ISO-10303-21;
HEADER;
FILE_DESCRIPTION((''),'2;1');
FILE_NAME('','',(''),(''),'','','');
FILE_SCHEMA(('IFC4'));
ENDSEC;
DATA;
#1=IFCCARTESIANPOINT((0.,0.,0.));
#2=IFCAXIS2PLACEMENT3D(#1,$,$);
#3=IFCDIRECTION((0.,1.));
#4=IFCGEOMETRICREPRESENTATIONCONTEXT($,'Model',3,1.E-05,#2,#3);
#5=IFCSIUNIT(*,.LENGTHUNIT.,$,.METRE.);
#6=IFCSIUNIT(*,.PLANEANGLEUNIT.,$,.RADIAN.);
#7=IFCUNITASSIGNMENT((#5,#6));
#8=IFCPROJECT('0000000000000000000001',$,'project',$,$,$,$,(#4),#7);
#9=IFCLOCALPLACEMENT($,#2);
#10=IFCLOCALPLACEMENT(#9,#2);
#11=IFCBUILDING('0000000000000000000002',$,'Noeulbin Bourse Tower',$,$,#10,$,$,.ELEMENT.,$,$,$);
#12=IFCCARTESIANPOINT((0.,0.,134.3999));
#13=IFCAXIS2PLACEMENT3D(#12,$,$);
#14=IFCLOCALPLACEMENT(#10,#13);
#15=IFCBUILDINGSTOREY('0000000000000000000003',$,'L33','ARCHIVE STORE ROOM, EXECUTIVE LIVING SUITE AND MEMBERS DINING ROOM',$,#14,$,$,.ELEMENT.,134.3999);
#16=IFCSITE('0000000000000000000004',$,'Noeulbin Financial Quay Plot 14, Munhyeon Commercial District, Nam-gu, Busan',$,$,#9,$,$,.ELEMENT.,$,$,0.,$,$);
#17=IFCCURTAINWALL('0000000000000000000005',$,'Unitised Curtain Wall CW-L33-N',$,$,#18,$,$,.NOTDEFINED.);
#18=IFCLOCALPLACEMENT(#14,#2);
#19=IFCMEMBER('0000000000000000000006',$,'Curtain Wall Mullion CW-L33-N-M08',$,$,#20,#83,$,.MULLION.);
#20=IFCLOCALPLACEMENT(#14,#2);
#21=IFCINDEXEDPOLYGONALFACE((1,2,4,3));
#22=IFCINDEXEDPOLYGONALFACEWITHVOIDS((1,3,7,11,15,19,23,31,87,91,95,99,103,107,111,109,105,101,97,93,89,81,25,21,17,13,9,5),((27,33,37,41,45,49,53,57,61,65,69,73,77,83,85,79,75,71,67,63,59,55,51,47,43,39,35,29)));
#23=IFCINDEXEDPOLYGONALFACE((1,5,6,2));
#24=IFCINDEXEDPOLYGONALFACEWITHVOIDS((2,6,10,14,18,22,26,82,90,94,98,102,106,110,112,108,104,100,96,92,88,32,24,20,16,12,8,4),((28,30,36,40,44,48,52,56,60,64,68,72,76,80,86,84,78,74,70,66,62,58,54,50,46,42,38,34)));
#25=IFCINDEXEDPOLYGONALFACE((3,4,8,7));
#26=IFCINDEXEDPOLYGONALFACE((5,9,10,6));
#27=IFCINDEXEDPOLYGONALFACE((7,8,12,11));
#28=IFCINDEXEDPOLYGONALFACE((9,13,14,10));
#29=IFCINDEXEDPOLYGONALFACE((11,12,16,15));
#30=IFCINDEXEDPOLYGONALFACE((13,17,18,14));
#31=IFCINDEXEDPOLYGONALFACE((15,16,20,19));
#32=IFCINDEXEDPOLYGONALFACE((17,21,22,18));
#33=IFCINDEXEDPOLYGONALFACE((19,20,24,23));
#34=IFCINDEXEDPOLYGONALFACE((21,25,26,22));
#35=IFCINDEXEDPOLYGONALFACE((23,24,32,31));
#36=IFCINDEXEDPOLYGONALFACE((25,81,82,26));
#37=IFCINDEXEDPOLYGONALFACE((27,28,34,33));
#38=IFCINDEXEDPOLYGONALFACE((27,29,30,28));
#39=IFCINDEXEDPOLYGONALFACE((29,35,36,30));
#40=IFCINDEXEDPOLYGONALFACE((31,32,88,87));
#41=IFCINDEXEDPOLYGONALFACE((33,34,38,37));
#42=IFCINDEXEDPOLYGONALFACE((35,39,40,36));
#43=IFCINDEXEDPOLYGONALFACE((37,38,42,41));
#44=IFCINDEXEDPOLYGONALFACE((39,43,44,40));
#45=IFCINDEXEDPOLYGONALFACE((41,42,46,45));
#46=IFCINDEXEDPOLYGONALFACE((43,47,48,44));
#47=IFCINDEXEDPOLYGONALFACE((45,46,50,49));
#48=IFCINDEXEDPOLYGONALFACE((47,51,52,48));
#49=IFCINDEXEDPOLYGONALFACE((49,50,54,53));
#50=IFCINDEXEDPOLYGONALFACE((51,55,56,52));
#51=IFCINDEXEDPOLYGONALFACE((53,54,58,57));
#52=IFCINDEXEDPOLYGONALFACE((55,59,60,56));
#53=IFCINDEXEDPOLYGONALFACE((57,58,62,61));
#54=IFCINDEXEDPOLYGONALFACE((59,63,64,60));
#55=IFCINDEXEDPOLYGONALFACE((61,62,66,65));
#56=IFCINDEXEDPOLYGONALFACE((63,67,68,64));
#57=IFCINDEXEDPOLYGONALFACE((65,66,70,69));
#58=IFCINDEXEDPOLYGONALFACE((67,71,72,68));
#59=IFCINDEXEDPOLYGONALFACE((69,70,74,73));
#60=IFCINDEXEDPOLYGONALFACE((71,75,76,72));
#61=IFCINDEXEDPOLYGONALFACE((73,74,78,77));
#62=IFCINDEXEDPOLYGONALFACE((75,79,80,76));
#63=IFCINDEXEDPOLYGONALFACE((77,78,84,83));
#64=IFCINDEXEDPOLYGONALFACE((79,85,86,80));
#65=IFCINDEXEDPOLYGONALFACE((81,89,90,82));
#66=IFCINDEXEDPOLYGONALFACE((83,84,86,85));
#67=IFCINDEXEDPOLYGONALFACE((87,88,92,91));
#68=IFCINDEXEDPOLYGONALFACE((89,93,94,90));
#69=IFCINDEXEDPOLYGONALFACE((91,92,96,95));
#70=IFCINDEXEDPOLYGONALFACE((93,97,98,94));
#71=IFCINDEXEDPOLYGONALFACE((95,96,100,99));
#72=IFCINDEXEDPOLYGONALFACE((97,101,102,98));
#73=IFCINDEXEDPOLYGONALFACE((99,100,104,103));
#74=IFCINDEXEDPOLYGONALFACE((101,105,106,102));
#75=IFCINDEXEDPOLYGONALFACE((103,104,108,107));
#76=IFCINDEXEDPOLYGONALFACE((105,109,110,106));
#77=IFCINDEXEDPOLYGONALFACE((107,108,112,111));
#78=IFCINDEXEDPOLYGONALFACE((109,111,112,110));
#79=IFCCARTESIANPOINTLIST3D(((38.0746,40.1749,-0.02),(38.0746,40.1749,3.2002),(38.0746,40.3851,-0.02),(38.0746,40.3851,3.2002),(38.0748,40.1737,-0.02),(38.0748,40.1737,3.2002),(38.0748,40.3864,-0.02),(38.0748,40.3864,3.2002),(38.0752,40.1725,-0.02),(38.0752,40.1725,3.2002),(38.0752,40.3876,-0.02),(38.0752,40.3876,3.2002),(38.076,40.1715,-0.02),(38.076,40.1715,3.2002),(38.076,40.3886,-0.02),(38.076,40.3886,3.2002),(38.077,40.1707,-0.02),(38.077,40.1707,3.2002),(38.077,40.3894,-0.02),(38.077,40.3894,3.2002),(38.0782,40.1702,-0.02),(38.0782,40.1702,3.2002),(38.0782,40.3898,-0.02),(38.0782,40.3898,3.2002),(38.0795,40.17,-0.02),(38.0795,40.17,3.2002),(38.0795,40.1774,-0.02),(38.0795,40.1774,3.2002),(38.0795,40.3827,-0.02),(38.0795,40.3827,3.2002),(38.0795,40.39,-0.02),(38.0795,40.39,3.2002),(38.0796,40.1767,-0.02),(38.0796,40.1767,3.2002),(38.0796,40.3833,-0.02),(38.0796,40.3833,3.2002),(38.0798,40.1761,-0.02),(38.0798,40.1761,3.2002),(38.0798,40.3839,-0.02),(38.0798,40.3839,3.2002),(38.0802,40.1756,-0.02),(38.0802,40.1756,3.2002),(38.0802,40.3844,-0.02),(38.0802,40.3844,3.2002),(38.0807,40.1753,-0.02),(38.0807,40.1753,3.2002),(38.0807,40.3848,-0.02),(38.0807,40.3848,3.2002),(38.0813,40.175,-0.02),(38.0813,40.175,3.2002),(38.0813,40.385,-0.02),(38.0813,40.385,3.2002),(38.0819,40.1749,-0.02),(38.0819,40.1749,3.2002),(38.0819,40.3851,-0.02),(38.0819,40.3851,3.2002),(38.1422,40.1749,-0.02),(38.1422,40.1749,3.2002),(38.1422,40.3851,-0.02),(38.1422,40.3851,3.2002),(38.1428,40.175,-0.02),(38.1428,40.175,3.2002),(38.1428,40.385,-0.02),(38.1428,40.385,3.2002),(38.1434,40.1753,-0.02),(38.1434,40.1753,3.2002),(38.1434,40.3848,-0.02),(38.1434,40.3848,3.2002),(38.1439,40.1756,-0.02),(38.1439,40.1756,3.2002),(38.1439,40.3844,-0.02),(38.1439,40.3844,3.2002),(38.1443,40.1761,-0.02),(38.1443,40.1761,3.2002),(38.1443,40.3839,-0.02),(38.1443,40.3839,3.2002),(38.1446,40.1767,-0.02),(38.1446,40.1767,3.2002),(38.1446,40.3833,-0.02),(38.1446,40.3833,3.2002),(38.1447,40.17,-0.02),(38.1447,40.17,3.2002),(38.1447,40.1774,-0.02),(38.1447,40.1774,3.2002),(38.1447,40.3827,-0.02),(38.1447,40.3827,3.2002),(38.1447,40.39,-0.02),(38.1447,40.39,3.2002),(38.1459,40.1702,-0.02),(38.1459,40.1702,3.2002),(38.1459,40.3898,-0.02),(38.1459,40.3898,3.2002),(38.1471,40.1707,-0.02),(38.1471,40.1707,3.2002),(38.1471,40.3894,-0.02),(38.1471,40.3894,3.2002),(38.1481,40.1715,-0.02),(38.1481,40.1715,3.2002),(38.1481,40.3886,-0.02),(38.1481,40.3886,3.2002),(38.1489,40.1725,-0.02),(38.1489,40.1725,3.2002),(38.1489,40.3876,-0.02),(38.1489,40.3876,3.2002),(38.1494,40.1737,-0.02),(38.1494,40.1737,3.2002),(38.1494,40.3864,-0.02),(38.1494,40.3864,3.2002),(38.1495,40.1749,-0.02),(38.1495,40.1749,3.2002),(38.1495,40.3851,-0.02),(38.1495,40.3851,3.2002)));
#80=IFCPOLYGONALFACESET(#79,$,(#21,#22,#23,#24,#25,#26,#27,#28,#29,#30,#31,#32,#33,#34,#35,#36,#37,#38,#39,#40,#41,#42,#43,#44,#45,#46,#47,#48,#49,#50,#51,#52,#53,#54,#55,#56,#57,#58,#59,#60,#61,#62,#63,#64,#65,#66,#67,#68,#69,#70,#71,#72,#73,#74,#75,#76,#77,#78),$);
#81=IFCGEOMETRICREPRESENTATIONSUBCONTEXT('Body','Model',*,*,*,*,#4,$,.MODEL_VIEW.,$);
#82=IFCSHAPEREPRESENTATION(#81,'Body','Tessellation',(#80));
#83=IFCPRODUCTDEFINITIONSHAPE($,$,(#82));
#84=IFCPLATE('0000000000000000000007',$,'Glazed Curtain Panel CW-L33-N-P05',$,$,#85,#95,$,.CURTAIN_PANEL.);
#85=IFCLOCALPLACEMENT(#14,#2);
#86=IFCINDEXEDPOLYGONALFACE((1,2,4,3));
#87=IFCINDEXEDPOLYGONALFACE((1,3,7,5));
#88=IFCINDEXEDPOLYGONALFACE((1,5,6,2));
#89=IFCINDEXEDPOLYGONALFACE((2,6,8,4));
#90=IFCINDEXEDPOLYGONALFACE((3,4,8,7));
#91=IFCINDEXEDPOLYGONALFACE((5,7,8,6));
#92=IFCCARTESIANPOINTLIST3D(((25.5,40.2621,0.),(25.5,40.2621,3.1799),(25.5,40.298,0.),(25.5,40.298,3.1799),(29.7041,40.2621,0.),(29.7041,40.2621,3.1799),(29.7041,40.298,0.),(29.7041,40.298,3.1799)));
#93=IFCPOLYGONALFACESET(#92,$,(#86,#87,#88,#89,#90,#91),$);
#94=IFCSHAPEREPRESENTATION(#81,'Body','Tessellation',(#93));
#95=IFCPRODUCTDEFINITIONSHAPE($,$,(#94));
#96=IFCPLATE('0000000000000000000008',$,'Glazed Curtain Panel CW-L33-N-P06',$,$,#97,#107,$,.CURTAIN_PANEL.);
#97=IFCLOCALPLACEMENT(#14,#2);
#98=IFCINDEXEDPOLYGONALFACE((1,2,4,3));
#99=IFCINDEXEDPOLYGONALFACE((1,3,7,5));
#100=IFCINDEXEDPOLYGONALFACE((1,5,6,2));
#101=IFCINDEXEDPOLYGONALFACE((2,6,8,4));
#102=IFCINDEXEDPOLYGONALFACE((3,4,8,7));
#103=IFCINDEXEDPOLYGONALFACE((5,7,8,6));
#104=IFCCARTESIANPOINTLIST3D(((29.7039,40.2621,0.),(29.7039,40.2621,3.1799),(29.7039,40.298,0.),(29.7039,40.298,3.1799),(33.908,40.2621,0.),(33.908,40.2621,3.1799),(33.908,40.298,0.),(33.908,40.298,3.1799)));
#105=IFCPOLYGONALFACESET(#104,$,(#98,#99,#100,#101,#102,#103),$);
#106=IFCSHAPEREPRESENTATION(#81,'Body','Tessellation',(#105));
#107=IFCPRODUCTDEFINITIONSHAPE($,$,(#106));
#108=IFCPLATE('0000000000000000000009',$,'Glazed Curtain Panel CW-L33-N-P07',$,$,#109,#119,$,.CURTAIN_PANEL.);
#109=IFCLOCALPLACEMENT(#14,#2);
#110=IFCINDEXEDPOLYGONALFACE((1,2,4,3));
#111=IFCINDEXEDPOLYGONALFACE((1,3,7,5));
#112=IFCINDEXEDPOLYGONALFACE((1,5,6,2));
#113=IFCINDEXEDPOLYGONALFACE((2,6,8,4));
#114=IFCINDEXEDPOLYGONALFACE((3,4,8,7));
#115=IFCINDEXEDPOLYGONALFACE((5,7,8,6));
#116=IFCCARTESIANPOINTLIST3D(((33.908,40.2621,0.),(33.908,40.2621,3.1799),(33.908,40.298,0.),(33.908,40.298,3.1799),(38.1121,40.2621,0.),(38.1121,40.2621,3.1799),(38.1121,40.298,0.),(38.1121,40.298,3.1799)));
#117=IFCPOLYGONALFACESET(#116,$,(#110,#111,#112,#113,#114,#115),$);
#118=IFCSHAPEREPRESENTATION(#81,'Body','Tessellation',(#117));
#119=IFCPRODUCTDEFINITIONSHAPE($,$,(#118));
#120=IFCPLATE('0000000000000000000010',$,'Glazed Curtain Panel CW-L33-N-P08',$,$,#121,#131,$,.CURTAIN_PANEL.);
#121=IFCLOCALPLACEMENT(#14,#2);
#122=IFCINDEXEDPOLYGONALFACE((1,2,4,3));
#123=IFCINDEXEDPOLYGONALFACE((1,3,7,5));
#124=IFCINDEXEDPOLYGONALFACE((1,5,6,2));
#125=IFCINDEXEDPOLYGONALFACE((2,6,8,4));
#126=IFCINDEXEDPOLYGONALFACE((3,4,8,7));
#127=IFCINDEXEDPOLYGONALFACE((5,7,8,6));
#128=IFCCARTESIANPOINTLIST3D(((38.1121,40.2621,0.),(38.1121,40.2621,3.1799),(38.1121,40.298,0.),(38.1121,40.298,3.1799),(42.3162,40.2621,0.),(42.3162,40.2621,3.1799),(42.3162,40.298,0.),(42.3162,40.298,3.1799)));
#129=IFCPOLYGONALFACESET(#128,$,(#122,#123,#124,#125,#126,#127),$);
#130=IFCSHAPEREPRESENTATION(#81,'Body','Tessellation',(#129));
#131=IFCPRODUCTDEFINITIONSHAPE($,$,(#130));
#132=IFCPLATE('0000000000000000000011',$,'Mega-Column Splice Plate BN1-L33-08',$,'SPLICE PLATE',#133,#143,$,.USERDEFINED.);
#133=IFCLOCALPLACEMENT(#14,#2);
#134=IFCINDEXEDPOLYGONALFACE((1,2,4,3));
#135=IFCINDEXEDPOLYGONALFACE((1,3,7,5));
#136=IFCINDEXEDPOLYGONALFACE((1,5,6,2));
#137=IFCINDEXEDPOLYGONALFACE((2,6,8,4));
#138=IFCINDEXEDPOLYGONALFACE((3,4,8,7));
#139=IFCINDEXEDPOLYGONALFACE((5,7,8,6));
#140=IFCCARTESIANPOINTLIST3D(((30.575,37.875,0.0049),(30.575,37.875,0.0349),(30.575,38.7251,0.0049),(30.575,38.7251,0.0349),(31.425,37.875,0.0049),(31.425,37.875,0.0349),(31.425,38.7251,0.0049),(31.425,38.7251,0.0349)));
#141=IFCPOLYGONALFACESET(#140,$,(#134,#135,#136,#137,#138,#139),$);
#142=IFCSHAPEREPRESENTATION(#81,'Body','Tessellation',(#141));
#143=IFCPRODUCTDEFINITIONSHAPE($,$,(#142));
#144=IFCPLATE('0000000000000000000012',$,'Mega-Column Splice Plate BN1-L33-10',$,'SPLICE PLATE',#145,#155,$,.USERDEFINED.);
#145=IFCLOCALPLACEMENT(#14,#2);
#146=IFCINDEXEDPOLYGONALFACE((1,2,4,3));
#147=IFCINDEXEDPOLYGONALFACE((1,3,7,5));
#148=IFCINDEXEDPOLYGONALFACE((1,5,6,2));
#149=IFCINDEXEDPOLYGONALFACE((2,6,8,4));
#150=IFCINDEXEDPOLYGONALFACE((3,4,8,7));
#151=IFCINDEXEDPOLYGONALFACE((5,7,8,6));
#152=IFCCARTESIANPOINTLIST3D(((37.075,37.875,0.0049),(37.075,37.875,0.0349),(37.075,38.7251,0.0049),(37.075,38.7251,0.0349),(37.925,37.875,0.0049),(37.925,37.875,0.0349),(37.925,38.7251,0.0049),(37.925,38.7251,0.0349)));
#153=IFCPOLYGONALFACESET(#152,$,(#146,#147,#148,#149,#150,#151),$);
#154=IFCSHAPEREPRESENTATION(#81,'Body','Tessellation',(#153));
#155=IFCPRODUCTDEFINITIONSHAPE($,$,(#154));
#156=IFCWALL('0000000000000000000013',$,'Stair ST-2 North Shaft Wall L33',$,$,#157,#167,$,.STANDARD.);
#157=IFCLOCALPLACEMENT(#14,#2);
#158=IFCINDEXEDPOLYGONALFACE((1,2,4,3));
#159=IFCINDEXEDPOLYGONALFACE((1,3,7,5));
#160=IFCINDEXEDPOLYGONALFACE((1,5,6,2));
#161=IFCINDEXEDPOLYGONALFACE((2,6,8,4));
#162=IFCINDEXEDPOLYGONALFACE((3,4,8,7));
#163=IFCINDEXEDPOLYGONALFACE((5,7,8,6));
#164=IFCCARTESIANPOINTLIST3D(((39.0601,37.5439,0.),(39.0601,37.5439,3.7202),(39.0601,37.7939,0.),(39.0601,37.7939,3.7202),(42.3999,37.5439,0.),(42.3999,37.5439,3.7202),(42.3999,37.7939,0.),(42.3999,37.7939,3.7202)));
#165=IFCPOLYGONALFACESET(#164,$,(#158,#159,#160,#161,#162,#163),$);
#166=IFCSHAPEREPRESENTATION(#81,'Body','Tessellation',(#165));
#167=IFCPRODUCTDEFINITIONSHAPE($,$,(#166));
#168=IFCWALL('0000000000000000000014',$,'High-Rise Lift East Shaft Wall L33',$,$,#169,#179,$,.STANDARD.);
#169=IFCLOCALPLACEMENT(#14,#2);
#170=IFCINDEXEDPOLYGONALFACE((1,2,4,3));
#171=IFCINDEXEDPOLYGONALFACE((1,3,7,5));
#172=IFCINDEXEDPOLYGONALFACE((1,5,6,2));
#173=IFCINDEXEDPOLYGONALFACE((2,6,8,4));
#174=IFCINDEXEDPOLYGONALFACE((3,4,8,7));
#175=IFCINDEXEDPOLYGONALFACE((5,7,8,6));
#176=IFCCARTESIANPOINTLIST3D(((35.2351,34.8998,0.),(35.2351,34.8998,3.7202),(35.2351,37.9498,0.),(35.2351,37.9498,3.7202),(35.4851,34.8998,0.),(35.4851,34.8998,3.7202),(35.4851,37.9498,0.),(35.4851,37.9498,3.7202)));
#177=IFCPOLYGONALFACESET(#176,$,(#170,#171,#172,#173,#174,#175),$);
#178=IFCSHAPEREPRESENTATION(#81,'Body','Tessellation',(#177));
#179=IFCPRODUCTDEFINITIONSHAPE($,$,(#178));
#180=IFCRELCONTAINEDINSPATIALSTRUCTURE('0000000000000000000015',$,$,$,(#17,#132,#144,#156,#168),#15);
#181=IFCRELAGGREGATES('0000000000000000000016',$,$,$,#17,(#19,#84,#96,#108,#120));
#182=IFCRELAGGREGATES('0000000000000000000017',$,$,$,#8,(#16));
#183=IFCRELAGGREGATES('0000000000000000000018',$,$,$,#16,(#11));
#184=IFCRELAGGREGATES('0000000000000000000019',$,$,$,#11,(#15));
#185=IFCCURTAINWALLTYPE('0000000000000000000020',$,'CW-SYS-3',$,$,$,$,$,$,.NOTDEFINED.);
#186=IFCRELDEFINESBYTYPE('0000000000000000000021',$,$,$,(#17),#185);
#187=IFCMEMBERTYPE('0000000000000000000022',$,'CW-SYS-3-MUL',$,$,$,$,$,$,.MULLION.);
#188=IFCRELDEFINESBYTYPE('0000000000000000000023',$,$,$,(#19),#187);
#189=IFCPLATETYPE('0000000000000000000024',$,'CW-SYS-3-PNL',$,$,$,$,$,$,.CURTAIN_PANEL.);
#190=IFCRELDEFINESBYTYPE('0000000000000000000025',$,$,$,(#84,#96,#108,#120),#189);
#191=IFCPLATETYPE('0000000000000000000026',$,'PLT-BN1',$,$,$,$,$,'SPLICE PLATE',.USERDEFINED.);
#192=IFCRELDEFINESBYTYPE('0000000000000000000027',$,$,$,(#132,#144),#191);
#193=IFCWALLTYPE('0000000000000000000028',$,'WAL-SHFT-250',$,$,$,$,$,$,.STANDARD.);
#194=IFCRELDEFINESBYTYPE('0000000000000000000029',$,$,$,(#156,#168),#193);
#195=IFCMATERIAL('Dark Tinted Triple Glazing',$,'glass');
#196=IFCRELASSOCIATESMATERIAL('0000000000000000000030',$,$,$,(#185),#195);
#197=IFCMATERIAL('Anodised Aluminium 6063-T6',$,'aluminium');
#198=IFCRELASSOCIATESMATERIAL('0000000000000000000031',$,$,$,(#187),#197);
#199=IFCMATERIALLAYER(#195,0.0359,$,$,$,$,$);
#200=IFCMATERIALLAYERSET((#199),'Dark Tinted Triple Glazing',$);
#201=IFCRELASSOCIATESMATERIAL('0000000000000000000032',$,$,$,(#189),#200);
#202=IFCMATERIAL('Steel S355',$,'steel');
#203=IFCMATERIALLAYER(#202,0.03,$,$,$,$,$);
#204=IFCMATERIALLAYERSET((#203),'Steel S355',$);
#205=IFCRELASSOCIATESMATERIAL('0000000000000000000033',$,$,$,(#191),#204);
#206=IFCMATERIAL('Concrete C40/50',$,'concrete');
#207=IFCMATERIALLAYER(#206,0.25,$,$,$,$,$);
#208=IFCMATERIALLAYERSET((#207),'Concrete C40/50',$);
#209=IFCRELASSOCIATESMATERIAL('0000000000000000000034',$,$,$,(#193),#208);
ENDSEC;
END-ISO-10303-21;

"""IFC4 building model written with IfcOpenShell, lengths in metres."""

from ifc_helpers import new_model, si_unit, direction, frame, frame_2d, origin, origin_2d, place, context, subcontext, project, spatial, rectangle, hollow_rectangle, extrude, material, layer, layer_set, material_profile, profile_set, type_object, element, aggregate, save


model = new_model("IFC4")

# Units and contexts
model_context = context("Model", 3, precision=1e-05, world=origin(), true_north=direction((0.0, 1.0)))
body_context = subcontext(model_context, "Body", "Model", "MODEL_VIEW")
ifc_project = project(units=[si_unit("LENGTHUNIT", "METRE"), si_unit("PLANEANGLEUNIT", "RADIAN")], contexts=[model_context])

# Site, building, storey
site_placement = place(None, origin())
site = spatial("IfcSite", under=ifc_project, at=site_placement, Name="Noeulbin Financial Quay Plot 14, Munhyeon Commercial District, Nam-gu, Busan", CompositionType="ELEMENT", RefElevation=0.0)
building_placement = place(site_placement, origin())
building = spatial("IfcBuilding", under=site, at=building_placement, Name="Noeulbin Bourse Tower", CompositionType="ELEMENT")
storey_placement = place(building_placement, frame((0.0, 0.0, 134.3999)))
storey = spatial("IfcBuildingStorey", under=building, at=storey_placement, Name="L33", Description="ARCHIVE STORE ROOM, EXECUTIVE LIVING SUITE AND MEMBERS DINING ROOM", CompositionType="ELEMENT", Elevation=134.3999)

# Shared definitions
ifc_material_1 = material(Name="Steel S355", Category="steel")

# Curtain wall, member, plates
ifc_material_2 = material(Name="Dark Tinted Triple Glazing", Category="glass")
curtain_wall_type = type_object("IfcCurtainWallType", Name="CW-SYS-3", PredefinedType="NOTDEFINED", material=ifc_material_2)
curtain_wall_placement = place(storey_placement, origin())
curtain_wall = element("IfcCurtainWall", 1, at=curtain_wall_placement, inside=storey, type_object=curtain_wall_type, Name="Unitised Curtain Wall CW-L33-N", PredefinedType="NOTDEFINED")
ifc_material_3 = material(Name="Anodised Aluminium 6063-T6", Category="aluminium")
ifc_material_profile_1 = material_profile(ifc_material_3, hollow_rectangle(XDim=0.075, YDim=0.22, WallThickness=0.0049, InnerFilletRadius=0.0024, OuterFilletRadius=0.0049, at=origin_2d()), Name="ALU-MULL-75x220x5", Category="LoadBearing")
ifc_profile_set_1 = profile_set([ifc_material_profile_1], Name="Anodised Aluminium 6063-T6")
member_type = type_object("IfcMemberType", Name="CW-SYS-3-MUL", PredefinedType="MULLION", material=ifc_profile_set_1)
member_1_placement = place(storey_placement, frame((38.1121, 40.28, -0.02), z_axis=(0.0, 0.0, 1.0), x_axis=(1.0, 0.0, 0.0)))
member_1 = element("IfcMember", 2, at=member_1_placement, type_object=member_type, Name="Curtain Wall Mullion CW-L33-N-M08", PredefinedType="MULLION", context=body_context, shape_type="SweptSolid", body=[
    extrude(hollow_rectangle(XDim=0.075, YDim=0.22, WallThickness=0.0049, InnerFilletRadius=0.0024, OuterFilletRadius=0.0049, at=origin_2d()), origin(), (0.0, 0.0, 1.0), 3.2202),
])
ifc_layer_1 = layer(ifc_material_2, 0.0359)
ifc_layer_set_1 = layer_set([ifc_layer_1], Name="Dark Tinted Triple Glazing")
plate_type_1 = type_object("IfcPlateType", Name="CW-SYS-3-PNL", PredefinedType="CURTAIN_PANEL", material=ifc_layer_set_1)
plate_1_placement = place(storey_placement, frame((27.6021, 40.28, 0.0), z_axis=(0.0, 0.0, 1.0), x_axis=(1.0, 0.0, 0.0)))
plate_1 = element("IfcPlate", 3, at=plate_1_placement, type_object=plate_type_1, Name="Glazed Curtain Panel CW-L33-N-P05", PredefinedType="CURTAIN_PANEL", context=body_context, shape_type="SweptSolid", body=[
    extrude(rectangle(XDim=4.2041, YDim=0.0359, at=origin_2d()), origin(), (0.0, 0.0, 1.0), 3.1799),
])
plate_2_placement = place(storey_placement, frame((31.8059, 40.28, 0.0), z_axis=(0.0, 0.0, 1.0), x_axis=(1.0, 0.0, 0.0)))
plate_2 = element("IfcPlate", 4, at=plate_2_placement, type_object=plate_type_1, Name="Glazed Curtain Panel CW-L33-N-P06", PredefinedType="CURTAIN_PANEL", context=body_context, shape_type="SweptSolid", body=[
    extrude(rectangle(XDim=4.2041, YDim=0.0359, at=origin_2d()), origin(), (0.0, 0.0, 1.0), 3.1799),
])
plate_3_placement = place(storey_placement, frame((36.01, 40.28, 0.0), z_axis=(0.0, 0.0, 1.0), x_axis=(1.0, 0.0, 0.0)))
plate_3 = element("IfcPlate", 5, at=plate_3_placement, type_object=plate_type_1, Name="Glazed Curtain Panel CW-L33-N-P07", PredefinedType="CURTAIN_PANEL", context=body_context, shape_type="SweptSolid", body=[
    extrude(rectangle(XDim=4.2041, YDim=0.0359, at=origin_2d()), origin(), (0.0, 0.0, 1.0), 3.1799),
])
plate_4_placement = place(storey_placement, frame((40.2141, 40.28, 0.0), z_axis=(0.0, 0.0, 1.0), x_axis=(1.0, 0.0, 0.0)))
plate_4 = element("IfcPlate", 6, at=plate_4_placement, type_object=plate_type_1, Name="Glazed Curtain Panel CW-L33-N-P08", PredefinedType="CURTAIN_PANEL", context=body_context, shape_type="SweptSolid", body=[
    extrude(rectangle(XDim=4.2041, YDim=0.0359, at=origin_2d()), origin(), (0.0, 0.0, 1.0), 3.1799),
])
aggregate(curtain_wall, [member_1, plate_1, plate_2, plate_3, plate_4])

# Plates
ifc_layer_2 = layer(ifc_material_1, 0.03)
ifc_layer_set_2 = layer_set([ifc_layer_2], Name="Steel S355")
plate_type_2 = type_object("IfcPlateType", Name="PLT-BN1", ElementType="SPLICE PLATE", PredefinedType="USERDEFINED", material=ifc_layer_set_2)
for number, where, z_axis, x_axis, name in (
    (7, (31.0, 38.3, 0.0049), (0.0, 0.0, 1.0), (1.0, 0.0, 0.0), "Mega-Column Splice Plate BN1-L33-08"),
    (8, (37.5, 38.3, 0.0049), (0.0, 0.0, 1.0), (1.0, 0.0, 0.0), "Mega-Column Splice Plate BN1-L33-10"),
):
    element("IfcPlate", number, at=place(storey_placement, frame(where, z_axis=z_axis, x_axis=x_axis)), inside=storey, type_object=plate_type_2, Name=name, ObjectType="SPLICE PLATE", PredefinedType="USERDEFINED", context=body_context, shape_type="SweptSolid", body=[
        extrude(rectangle(XDim=0.8501, YDim=0.8501, at=origin_2d()), origin(), (0.0, 0.0, 1.0), 0.03),
    ])

# Walls
ifc_material_4 = material(Name="Concrete C40/50", Category="concrete")
ifc_layer_3 = layer(ifc_material_4, 0.25)
ifc_layer_set_3 = layer_set([ifc_layer_3], Name="Concrete C40/50")
wall_type = type_object("IfcWallType", Name="WAL-SHFT-250", PredefinedType="STANDARD", material=ifc_layer_set_3)
wall_1_placement = place(storey_placement, frame((39.0601, 37.6689, 0.0), z_axis=(0.0, 0.0, 1.0), x_axis=(1.0, 0.0, 0.0)))
element("IfcWall", 9, at=wall_1_placement, inside=storey, type_object=wall_type, Name="Stair ST-2 North Shaft Wall L33", PredefinedType="STANDARD", context=body_context, shape_type="SweptSolid", body=[
    extrude(rectangle(XDim=3.3398, YDim=0.25, at=frame_2d((1.6699, 0.0))), origin(), (0.0, 0.0, 1.0), 3.7202),
])
wall_2_placement = place(storey_placement, frame((35.3601, 34.8999, 0.0), z_axis=(0.0, 0.0, 1.0), x_axis=(0.0, 1.0, 0.0)))
element("IfcWall", 10, at=wall_2_placement, inside=storey, type_object=wall_type, Name="High-Rise Lift East Shaft Wall L33", PredefinedType="STANDARD", context=body_context, shape_type="SweptSolid", body=[
    extrude(rectangle(XDim=3.05, YDim=0.25, at=frame_2d((1.5249, 0.0))), origin(), (0.0, 0.0, 1.0), 3.7202),
])

save(model, "model.ifc")
